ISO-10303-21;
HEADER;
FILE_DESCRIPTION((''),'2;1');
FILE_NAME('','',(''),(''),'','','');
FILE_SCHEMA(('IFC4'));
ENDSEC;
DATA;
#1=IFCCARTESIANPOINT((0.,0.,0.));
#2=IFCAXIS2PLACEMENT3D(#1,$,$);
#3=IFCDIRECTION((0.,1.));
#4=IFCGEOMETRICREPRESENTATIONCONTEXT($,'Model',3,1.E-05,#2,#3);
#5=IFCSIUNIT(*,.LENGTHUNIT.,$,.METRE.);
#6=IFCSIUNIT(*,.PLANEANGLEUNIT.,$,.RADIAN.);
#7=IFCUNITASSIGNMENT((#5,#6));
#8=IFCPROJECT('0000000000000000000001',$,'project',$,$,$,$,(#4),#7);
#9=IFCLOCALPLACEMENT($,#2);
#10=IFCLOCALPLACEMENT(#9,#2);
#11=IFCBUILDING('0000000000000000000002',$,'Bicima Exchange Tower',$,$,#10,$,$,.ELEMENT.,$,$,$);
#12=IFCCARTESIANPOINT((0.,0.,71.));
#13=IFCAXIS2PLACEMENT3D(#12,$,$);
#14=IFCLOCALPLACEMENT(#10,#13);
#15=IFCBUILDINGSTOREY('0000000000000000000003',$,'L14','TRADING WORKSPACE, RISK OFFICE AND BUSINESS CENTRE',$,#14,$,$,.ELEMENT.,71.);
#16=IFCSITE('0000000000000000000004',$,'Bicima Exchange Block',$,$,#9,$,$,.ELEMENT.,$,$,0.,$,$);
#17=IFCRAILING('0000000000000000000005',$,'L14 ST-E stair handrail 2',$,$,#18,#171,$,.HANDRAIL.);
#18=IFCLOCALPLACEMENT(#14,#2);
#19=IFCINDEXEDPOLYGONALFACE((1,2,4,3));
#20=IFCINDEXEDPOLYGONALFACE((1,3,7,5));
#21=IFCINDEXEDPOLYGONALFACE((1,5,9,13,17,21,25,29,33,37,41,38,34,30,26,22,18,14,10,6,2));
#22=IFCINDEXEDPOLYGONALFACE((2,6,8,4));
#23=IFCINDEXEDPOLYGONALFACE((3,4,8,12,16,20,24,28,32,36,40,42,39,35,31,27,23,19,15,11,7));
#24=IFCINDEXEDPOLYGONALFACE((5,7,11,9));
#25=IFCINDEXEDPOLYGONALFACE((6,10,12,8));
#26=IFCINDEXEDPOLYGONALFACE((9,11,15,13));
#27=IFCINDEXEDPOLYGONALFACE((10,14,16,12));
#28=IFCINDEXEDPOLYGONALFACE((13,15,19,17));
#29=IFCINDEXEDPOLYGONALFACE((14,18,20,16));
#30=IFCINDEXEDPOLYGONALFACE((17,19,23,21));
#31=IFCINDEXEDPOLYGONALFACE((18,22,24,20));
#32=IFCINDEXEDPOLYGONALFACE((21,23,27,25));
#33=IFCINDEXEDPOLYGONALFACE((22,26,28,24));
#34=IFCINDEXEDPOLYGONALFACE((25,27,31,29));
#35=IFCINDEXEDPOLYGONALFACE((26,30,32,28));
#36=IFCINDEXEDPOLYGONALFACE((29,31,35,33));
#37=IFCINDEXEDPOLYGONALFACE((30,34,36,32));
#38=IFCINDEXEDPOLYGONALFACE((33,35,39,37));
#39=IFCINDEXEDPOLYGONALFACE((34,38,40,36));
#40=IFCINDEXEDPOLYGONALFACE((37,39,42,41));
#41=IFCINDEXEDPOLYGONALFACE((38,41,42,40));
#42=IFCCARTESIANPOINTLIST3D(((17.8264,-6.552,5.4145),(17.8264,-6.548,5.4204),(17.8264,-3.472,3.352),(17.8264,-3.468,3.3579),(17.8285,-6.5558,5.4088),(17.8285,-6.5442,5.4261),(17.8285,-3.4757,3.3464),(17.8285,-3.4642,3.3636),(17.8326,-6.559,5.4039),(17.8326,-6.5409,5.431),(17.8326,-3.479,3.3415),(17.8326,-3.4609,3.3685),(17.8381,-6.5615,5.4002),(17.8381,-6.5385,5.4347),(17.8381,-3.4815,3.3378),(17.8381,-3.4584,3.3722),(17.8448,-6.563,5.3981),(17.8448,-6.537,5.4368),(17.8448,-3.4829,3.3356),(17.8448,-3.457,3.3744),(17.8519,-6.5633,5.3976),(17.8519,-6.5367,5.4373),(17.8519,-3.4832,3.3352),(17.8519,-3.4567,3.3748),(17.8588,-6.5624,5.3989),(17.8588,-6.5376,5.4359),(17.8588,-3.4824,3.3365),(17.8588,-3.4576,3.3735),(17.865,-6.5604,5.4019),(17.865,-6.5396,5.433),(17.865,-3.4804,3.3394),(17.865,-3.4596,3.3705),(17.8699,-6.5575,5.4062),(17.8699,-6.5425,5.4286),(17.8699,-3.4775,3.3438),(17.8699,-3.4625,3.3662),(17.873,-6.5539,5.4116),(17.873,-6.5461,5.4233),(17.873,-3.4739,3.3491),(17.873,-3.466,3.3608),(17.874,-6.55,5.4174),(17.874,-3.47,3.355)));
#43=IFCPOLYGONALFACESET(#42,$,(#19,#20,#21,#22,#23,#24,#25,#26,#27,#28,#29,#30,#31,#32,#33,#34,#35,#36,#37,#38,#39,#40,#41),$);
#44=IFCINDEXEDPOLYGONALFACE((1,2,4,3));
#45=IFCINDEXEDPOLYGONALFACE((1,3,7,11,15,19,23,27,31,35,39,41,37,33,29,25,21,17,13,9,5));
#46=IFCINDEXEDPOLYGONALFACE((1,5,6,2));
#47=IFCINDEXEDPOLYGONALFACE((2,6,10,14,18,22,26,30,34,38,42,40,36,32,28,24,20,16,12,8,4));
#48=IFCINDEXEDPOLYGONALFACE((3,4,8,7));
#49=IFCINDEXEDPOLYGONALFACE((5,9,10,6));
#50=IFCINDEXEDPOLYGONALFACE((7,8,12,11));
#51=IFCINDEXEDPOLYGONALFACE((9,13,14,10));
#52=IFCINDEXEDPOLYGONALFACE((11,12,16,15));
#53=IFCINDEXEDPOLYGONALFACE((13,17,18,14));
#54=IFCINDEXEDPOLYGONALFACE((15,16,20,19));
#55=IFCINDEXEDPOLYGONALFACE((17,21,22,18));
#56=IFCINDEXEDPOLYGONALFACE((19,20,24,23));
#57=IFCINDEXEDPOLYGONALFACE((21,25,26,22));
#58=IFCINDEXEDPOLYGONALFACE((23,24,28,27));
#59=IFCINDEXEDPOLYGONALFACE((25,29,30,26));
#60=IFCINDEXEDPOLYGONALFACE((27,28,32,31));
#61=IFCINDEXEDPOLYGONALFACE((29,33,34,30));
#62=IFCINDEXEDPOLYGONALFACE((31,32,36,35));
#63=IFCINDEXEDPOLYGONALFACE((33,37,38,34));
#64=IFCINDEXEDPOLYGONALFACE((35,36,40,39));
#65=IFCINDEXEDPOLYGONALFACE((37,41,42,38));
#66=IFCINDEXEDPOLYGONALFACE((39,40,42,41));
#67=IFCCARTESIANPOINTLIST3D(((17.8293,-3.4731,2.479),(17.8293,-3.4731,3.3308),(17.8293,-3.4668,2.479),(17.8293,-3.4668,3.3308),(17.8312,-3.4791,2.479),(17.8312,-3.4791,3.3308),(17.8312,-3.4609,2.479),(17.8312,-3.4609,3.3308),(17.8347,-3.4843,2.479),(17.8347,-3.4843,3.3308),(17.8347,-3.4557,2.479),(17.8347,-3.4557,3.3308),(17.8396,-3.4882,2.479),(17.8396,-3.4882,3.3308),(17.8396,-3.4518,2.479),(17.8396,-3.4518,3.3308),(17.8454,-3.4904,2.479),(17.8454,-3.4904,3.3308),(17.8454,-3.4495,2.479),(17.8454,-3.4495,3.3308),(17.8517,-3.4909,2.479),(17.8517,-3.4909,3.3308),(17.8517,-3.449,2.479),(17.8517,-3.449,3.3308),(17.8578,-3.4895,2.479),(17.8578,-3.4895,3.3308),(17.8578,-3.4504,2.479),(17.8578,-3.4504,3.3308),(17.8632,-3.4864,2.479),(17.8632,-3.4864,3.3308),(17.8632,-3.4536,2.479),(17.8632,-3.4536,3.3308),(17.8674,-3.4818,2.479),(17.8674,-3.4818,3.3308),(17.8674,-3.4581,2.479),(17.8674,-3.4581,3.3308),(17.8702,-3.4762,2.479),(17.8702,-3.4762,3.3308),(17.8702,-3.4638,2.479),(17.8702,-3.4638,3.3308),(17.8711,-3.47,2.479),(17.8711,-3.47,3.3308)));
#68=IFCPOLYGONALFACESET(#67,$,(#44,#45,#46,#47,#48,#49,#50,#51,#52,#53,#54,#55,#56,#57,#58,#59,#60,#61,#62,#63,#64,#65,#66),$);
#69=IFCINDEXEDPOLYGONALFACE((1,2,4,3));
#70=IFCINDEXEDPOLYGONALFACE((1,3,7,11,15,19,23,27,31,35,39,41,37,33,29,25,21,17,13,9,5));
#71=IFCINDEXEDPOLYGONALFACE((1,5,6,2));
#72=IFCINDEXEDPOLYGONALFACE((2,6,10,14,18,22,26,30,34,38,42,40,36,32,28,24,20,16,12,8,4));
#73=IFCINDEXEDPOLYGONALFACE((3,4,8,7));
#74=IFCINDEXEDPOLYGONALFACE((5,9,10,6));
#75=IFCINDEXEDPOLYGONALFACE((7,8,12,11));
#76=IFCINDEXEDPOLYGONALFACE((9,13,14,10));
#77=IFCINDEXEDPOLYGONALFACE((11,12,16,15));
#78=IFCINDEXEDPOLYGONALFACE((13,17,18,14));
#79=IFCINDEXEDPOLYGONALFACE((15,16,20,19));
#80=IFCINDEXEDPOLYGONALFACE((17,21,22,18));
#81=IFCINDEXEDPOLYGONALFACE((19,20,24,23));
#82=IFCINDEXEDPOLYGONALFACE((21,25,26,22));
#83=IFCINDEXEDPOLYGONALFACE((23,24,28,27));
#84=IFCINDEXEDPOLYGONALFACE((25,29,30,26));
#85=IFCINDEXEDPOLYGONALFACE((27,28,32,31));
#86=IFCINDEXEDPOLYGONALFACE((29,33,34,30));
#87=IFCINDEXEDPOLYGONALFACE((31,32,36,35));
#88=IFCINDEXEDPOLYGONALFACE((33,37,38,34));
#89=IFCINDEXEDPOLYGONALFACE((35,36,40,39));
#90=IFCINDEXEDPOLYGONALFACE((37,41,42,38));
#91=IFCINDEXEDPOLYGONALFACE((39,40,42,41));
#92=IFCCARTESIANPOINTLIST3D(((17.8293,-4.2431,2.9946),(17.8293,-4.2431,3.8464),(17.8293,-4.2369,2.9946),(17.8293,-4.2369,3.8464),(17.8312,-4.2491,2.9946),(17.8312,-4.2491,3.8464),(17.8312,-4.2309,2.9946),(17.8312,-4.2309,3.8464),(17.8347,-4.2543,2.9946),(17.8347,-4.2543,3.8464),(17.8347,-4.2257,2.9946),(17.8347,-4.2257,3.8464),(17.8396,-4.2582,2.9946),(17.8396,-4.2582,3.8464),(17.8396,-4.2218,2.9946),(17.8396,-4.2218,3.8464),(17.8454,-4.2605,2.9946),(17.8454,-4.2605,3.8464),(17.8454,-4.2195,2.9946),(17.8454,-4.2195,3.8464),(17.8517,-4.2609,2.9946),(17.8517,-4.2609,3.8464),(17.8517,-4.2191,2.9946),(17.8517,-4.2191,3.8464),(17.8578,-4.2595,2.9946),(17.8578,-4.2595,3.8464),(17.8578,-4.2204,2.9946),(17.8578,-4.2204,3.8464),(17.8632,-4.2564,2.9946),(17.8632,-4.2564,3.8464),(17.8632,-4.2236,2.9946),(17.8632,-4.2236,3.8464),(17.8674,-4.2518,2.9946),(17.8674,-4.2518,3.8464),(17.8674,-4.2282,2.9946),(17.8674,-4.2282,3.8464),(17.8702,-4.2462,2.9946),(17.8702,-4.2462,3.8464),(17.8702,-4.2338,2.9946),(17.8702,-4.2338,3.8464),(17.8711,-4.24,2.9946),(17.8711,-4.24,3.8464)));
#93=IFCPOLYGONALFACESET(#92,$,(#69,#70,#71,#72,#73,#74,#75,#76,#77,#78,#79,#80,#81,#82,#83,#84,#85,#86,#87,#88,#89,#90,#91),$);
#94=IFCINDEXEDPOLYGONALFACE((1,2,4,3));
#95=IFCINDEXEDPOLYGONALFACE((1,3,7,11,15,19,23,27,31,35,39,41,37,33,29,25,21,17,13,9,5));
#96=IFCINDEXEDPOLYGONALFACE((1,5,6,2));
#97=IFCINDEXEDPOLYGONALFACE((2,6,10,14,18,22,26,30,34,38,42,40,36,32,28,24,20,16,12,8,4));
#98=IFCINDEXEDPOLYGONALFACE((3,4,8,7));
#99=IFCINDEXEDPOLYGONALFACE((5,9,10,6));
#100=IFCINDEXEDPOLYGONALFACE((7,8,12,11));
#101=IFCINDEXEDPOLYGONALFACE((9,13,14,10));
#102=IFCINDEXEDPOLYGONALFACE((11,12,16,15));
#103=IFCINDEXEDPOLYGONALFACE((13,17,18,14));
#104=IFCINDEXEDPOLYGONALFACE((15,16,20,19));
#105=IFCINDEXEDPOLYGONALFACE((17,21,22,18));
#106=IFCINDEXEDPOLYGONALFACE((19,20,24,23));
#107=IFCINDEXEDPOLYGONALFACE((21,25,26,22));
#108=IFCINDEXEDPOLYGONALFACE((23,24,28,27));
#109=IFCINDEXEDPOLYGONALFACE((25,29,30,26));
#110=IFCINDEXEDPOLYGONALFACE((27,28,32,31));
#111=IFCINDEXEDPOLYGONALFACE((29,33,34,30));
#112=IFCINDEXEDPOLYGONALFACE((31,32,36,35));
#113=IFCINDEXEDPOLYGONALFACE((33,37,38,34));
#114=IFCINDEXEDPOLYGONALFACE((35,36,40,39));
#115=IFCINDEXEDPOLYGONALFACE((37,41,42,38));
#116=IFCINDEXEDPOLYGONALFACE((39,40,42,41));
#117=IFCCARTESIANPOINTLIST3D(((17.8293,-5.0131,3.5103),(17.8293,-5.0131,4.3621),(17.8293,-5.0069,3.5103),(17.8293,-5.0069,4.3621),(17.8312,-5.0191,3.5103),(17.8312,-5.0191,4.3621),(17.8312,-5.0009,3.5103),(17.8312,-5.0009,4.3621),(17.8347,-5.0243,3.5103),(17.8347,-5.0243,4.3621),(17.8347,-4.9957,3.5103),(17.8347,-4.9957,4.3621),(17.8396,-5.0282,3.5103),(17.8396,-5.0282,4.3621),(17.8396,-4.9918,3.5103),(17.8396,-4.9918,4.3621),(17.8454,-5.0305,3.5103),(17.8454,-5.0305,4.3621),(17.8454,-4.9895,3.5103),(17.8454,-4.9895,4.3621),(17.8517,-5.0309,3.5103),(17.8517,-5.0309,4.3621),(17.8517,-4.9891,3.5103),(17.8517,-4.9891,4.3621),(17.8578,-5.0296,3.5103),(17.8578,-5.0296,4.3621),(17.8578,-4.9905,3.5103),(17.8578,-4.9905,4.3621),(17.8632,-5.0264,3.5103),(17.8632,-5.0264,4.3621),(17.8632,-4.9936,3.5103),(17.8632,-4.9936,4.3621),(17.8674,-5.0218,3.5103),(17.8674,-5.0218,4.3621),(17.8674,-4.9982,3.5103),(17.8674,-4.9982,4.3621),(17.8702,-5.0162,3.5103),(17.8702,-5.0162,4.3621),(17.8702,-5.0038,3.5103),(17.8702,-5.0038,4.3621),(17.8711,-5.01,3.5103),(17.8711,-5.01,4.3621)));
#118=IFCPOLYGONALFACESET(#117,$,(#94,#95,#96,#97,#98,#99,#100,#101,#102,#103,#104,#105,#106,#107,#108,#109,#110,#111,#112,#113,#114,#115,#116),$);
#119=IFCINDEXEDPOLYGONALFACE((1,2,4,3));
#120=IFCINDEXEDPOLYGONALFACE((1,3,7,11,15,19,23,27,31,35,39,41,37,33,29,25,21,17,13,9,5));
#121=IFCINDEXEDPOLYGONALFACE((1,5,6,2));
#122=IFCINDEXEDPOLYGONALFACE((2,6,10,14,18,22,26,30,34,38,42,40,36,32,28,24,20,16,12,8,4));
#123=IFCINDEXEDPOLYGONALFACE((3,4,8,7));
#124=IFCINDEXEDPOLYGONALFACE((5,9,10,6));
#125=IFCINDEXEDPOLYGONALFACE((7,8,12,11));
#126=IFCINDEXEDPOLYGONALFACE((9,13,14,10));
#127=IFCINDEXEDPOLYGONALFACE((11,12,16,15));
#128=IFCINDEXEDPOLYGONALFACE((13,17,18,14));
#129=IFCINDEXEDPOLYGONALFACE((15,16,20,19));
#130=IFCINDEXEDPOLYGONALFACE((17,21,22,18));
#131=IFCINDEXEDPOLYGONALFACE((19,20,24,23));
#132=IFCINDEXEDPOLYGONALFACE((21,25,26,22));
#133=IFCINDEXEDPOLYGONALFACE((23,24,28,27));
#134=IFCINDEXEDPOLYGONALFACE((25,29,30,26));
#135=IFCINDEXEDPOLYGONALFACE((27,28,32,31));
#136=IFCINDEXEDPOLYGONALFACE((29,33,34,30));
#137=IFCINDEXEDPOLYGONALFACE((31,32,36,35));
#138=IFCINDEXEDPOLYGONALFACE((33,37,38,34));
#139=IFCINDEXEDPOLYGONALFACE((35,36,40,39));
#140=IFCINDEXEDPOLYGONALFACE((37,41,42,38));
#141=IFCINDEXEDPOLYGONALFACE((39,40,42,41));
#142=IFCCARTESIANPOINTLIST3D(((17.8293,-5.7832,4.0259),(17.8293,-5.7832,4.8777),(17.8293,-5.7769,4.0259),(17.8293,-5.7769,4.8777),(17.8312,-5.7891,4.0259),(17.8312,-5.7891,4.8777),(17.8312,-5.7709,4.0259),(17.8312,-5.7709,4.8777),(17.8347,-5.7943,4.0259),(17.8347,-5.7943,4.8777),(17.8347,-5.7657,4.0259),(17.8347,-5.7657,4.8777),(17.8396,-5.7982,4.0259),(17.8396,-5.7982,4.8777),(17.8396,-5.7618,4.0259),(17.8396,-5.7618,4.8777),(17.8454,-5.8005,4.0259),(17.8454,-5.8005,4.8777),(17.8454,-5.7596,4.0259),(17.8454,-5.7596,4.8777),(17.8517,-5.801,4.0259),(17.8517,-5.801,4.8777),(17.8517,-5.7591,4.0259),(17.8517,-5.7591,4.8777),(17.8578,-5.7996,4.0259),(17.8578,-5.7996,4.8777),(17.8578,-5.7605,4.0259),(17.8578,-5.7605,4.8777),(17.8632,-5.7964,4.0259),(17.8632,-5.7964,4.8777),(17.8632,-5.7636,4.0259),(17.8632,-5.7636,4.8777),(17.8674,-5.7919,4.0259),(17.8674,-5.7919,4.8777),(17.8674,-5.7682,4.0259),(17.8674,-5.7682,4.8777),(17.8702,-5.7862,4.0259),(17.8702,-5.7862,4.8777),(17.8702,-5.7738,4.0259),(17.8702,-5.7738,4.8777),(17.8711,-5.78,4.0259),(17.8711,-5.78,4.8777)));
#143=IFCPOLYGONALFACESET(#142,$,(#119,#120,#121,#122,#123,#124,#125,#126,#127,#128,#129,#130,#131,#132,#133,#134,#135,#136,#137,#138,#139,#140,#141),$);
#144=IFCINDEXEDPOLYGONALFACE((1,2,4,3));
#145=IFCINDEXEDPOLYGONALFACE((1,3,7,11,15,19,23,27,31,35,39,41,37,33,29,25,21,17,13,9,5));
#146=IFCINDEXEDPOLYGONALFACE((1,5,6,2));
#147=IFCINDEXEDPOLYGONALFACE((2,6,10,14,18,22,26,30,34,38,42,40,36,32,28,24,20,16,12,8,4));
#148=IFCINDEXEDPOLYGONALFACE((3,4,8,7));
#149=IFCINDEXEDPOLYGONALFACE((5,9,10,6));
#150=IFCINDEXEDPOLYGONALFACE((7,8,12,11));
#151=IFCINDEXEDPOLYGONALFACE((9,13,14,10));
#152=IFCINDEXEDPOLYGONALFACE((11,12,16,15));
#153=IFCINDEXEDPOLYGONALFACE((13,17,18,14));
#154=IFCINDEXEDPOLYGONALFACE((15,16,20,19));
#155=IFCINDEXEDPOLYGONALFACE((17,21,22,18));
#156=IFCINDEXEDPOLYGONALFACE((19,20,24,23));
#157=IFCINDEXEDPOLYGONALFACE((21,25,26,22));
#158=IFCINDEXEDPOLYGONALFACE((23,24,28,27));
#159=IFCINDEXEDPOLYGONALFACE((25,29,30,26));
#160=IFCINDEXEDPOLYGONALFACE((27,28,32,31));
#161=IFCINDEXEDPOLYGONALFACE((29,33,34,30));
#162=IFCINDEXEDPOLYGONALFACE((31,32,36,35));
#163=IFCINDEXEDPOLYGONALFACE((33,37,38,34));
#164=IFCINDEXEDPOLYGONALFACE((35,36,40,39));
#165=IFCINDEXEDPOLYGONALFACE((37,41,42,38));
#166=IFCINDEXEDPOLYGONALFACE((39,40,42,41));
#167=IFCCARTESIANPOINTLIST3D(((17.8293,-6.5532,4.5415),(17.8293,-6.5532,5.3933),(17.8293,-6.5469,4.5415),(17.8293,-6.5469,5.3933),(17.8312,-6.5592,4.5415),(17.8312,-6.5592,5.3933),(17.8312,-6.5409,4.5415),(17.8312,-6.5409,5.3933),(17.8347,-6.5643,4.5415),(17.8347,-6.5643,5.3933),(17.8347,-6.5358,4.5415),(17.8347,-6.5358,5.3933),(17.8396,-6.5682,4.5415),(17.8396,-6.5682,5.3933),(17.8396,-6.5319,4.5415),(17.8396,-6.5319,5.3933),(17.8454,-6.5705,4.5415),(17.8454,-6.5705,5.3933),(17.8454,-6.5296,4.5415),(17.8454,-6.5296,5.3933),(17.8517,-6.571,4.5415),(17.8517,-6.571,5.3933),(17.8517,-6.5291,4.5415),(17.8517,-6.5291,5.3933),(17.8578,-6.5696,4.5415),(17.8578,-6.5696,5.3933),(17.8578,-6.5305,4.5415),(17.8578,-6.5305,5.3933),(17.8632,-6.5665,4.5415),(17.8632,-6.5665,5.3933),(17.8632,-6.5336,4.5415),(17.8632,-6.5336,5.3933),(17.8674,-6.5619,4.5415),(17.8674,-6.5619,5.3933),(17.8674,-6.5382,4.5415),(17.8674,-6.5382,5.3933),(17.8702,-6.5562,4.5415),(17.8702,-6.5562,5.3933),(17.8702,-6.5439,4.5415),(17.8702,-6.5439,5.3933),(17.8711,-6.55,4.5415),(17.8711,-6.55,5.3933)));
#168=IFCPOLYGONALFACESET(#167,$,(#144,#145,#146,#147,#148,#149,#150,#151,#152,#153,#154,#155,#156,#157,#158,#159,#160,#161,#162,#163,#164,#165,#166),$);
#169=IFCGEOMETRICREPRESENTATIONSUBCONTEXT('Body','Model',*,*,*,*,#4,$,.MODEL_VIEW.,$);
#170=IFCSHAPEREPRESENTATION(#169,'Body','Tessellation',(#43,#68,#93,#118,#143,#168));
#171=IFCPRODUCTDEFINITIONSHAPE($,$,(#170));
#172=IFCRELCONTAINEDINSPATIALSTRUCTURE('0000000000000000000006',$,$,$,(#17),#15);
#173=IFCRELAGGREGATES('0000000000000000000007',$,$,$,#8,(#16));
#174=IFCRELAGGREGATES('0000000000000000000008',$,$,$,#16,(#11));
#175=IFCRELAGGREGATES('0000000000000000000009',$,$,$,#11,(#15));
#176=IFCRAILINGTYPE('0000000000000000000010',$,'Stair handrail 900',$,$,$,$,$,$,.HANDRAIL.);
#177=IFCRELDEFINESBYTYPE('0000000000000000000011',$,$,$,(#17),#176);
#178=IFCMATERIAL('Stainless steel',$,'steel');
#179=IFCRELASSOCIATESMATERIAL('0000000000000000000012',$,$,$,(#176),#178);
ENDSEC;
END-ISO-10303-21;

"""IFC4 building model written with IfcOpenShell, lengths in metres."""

from ifc_helpers import new_model, si_unit, direction, frame, origin, origin_2d, place, context, subcontext, project, spatial, circle, extrude, material, type_object, element, save


model = new_model("IFC4")

# Units and contexts
model_context = context("Model", 3, precision=1e-05, world=origin(), true_north=direction((0.0, 1.0)))
body_context = subcontext(model_context, "Body", "Model", "MODEL_VIEW")
ifc_project = project(units=[si_unit("LENGTHUNIT", "METRE"), si_unit("PLANEANGLEUNIT", "RADIAN")], contexts=[model_context])

# Site, building, storey
site_placement = place(None, origin())
site = spatial("IfcSite", under=ifc_project, at=site_placement, Name="Bicima Exchange Block", CompositionType="ELEMENT", RefElevation=0.0)
building_placement = place(site_placement, origin())
building = spatial("IfcBuilding", under=site, at=building_placement, Name="Bicima Exchange Tower", CompositionType="ELEMENT")
storey_placement = place(building_placement, frame((0.0, 0.0, 71.0)))
storey = spatial("IfcBuildingStorey", under=building, at=storey_placement, Name="L14", Description="TRADING WORKSPACE, RISK OFFICE AND BUSINESS CENTRE", CompositionType="ELEMENT", Elevation=71.0)

# Railing
ifc_material_1 = material(Name="Stainless steel", Category="steel")
railing_type = type_object("IfcRailingType", Name="Stair handrail 900", PredefinedType="HANDRAIL", material=ifc_material_1)
railing_placement = place(storey_placement, frame((17.8501, -3.47, 2.479)))
element("IfcRailing", 1, at=railing_placement, inside=storey, type_object=railing_type, Name="L14 ST-E stair handrail 2", PredefinedType="HANDRAIL", context=body_context, shape_type="SweptSolid", body=[
    extrude(circle(Radius=0.0239, at=origin_2d()), frame((0.0, 0.0, 0.876), z_axis=(0.0, -0.830914, 0.556401), x_axis=(1.0, 0.0, 0.0)), (0.0, 0.0, 1.0), 3.7068),
    extrude(circle(Radius=0.021, at=origin_2d()), origin(), (0.0, 0.0, 1.0), 0.8518),
    extrude(circle(Radius=0.021, at=origin_2d()), frame((0.0, -0.77, 0.5156)), (0.0, 0.0, 1.0), 0.8518),
    extrude(circle(Radius=0.021, at=origin_2d()), frame((0.0, -1.54, 1.0312)), (0.0, 0.0, 1.0), 0.8518),
    extrude(circle(Radius=0.021, at=origin_2d()), frame((0.0, -2.3101, 1.5469)), (0.0, 0.0, 1.0), 0.8518),
    extrude(circle(Radius=0.021, at=origin_2d()), frame((0.0, -3.0801, 2.0625)), (0.0, 0.0, 1.0), 0.8518),
])

save(model, "model.ifc")
